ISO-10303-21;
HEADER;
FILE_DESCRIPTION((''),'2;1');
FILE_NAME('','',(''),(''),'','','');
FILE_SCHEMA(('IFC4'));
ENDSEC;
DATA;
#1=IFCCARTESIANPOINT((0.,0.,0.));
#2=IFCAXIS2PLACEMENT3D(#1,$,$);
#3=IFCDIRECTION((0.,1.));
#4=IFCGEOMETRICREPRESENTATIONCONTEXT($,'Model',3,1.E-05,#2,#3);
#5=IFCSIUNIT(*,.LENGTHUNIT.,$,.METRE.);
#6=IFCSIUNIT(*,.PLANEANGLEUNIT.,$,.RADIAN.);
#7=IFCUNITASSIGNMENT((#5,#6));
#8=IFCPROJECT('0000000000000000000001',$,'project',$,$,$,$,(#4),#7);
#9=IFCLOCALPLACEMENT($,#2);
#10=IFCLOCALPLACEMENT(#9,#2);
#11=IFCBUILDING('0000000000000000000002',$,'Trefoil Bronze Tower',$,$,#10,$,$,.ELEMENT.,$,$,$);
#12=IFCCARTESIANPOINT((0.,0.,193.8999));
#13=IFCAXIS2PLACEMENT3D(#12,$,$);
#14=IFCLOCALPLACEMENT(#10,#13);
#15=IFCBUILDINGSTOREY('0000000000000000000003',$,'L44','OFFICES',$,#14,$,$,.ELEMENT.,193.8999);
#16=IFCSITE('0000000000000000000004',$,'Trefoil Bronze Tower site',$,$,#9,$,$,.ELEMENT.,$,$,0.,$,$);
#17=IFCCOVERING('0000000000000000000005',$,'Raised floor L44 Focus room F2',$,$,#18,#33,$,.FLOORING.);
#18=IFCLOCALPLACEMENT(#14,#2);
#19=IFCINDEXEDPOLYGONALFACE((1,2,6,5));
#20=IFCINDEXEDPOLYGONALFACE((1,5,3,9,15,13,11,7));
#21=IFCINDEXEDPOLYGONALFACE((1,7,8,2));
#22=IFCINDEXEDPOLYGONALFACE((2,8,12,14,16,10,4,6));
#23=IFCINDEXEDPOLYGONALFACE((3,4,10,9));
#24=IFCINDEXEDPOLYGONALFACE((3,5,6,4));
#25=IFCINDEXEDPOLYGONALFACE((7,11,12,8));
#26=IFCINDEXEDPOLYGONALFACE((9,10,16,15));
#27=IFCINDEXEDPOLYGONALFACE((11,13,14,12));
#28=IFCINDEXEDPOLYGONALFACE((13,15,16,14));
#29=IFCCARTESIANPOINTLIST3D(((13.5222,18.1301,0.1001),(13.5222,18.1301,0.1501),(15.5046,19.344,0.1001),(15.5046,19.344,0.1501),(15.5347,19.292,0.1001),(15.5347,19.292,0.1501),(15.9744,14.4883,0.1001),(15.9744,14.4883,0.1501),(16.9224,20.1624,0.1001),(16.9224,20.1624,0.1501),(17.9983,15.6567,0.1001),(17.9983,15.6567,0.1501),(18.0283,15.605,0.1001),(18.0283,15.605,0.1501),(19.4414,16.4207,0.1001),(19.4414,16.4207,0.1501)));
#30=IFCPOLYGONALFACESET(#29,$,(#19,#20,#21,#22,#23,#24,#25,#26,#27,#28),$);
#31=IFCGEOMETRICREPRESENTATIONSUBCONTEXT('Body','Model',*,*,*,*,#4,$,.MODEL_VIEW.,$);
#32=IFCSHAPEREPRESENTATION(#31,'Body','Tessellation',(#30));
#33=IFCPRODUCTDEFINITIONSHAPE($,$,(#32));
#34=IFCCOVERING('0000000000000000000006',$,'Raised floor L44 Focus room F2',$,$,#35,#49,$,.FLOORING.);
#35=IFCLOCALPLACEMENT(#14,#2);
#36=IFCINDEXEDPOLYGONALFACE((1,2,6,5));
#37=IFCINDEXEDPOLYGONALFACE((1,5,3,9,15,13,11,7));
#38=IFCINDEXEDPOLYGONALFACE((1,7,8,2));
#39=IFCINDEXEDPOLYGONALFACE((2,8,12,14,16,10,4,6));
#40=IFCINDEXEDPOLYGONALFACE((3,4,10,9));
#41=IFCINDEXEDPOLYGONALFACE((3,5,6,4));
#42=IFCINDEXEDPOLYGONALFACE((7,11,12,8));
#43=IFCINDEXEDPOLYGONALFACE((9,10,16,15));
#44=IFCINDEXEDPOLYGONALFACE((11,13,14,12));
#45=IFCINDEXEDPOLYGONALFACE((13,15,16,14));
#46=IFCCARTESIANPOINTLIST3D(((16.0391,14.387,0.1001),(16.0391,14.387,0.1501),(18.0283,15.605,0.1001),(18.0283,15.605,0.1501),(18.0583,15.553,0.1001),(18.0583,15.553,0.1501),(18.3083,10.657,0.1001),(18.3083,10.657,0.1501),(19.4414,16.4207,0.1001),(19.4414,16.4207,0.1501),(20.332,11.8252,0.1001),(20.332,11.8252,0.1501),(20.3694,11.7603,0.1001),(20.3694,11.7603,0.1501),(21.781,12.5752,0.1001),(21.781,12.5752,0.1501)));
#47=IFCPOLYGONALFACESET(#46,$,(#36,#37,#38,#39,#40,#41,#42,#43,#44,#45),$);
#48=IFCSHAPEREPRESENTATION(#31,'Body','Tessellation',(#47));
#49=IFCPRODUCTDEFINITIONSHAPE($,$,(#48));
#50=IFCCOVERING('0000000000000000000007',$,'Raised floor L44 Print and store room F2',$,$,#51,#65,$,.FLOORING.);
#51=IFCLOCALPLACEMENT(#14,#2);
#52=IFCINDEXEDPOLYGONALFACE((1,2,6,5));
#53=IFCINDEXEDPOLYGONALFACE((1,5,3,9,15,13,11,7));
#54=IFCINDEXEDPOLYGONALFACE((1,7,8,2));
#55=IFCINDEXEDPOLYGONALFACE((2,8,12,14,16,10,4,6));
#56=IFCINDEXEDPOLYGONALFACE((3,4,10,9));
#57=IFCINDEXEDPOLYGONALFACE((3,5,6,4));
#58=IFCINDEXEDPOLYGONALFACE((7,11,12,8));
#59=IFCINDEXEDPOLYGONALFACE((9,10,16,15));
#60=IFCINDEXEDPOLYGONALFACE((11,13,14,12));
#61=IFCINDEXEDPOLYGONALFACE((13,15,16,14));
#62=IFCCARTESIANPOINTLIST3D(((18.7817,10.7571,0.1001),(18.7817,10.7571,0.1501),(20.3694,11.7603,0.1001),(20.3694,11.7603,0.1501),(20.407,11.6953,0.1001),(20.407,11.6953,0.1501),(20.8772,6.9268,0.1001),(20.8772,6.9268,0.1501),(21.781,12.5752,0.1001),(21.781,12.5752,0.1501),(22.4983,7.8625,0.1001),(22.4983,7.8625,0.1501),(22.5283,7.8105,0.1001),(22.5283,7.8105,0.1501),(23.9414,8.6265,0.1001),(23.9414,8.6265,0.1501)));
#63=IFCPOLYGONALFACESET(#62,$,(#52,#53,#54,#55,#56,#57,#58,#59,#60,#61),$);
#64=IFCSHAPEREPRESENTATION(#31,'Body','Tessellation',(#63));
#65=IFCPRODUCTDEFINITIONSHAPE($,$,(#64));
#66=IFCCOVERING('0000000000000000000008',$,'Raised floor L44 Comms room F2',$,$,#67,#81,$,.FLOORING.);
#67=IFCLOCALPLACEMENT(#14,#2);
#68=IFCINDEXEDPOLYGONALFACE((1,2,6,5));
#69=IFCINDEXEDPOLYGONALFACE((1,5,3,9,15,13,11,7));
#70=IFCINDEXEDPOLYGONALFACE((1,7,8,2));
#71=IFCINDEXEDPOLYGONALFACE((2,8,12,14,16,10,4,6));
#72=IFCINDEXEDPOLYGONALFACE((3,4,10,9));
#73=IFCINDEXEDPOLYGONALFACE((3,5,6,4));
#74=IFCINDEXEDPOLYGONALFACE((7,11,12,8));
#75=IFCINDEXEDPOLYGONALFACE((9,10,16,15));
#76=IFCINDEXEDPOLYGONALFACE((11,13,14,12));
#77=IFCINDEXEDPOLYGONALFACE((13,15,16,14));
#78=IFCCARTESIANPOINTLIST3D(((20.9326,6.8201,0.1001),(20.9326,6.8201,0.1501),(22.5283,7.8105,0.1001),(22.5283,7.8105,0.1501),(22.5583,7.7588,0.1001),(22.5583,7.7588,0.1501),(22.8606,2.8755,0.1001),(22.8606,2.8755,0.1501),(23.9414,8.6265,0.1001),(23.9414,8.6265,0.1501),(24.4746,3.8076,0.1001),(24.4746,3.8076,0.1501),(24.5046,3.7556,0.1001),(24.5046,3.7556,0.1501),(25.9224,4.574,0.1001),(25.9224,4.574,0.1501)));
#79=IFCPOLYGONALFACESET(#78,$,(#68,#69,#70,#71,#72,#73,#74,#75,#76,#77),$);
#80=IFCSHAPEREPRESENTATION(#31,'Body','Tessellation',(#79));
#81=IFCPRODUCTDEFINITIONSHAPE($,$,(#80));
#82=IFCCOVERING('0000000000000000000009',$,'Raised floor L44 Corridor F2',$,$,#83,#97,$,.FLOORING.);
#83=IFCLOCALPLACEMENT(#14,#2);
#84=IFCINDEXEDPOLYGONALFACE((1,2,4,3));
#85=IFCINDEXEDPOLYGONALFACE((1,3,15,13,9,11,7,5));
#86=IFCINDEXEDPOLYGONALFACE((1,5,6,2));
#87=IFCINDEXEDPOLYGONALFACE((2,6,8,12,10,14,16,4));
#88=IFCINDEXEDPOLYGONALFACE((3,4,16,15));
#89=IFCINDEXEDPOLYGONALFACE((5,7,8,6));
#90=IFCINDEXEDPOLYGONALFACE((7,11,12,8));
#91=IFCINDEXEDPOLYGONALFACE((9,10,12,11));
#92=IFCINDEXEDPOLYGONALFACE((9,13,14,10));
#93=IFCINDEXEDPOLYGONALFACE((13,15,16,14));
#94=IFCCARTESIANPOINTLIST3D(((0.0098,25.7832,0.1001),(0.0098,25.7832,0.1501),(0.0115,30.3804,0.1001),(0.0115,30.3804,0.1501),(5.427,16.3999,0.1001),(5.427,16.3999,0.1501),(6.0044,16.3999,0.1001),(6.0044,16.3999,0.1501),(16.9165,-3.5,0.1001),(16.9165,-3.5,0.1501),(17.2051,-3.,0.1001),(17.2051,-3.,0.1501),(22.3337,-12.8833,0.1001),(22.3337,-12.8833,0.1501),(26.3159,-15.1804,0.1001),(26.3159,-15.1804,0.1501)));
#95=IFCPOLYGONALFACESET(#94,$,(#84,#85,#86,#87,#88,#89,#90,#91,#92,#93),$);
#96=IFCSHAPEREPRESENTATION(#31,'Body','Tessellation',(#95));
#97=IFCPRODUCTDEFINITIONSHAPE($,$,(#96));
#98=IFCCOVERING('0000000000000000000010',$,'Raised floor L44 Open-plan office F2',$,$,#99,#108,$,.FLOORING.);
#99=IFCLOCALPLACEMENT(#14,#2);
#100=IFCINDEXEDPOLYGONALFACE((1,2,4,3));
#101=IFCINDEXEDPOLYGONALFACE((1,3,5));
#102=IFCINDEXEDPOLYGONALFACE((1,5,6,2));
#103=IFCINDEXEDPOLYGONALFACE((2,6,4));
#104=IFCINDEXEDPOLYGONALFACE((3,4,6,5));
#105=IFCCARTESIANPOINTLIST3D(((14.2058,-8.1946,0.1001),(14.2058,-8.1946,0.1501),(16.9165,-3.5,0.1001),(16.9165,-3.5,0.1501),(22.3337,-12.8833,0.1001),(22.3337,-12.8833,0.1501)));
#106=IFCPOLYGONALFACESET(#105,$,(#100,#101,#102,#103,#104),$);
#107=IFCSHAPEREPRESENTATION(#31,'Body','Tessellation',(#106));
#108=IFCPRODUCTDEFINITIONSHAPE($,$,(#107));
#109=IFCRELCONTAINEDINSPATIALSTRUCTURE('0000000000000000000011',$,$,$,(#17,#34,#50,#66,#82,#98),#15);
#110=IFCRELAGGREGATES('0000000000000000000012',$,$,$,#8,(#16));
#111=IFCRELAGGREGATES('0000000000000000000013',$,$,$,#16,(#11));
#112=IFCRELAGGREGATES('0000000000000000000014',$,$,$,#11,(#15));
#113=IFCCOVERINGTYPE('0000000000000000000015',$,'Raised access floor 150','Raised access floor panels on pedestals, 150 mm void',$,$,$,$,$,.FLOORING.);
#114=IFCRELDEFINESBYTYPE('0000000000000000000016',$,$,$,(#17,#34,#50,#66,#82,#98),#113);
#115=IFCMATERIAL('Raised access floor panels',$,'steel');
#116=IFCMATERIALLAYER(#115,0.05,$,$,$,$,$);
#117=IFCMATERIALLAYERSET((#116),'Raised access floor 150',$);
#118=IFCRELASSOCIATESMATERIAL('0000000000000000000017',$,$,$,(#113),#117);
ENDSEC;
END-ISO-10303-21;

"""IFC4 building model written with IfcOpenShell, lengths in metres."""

from ifc_helpers import new_model, si_unit, direction, frame, origin, place, context, subcontext, project, spatial, polyline, outline, extrude, material, layer, layer_set, type_object, element, save


model = new_model("IFC4")

# Units and contexts
model_context = context("Model", 3, precision=1e-05, world=origin(), true_north=direction((0.0, 1.0)))
body_context = subcontext(model_context, "Body", "Model", "MODEL_VIEW")
ifc_project = project(units=[si_unit("LENGTHUNIT", "METRE"), si_unit("PLANEANGLEUNIT", "RADIAN")], contexts=[model_context])

# Site, building, storey
site_placement = place(None, origin())
site = spatial("IfcSite", under=ifc_project, at=site_placement, Name="Trefoil Bronze Tower site", CompositionType="ELEMENT", RefElevation=0.0)
building_placement = place(site_placement, origin())
building = spatial("IfcBuilding", under=site, at=building_placement, Name="Trefoil Bronze Tower", CompositionType="ELEMENT")
storey_placement = place(building_placement, frame((0.0, 0.0, 193.8999)))
storey = spatial("IfcBuildingStorey", under=building, at=storey_placement, Name="L44", Description="OFFICES", CompositionType="ELEMENT", Elevation=193.8999)

# Coverings
ifc_material_1 = material(Name="Raised access floor panels", Category="steel")
ifc_layer_1 = layer(ifc_material_1, 0.05)
ifc_layer_set_1 = layer_set([ifc_layer_1], Name="Raised access floor 150")
covering_type_1 = type_object("IfcCoveringType", Name="Raised access floor 150", Description="Raised access floor panels on pedestals, 150 mm void", PredefinedType="FLOORING", material=ifc_layer_set_1)
covering_1_placement = place(storey_placement, frame((0.0, 0.0, 0.1001)))
element("IfcCovering", 1, at=covering_1_placement, inside=storey, type_object=covering_type_1, Name="Raised floor L44 Focus room F2", PredefinedType="FLOORING", context=body_context, shape_type="SweptSolid", body=[
    extrude(outline(polyline([(19.4414, 16.4207), (18.0283, 15.605), (17.9983, 15.6567), (15.9744, 14.4883), (13.5222, 18.1301), (15.5347, 19.292), (15.5046, 19.344), (16.9224, 20.1624), (19.4414, 16.4207)])), origin(), (0.0, 0.0, 1.0), 0.05),
])
covering_2_placement = place(storey_placement, frame((0.0, 0.0, 0.1001)))
element("IfcCovering", 2, at=covering_2_placement, inside=storey, type_object=covering_type_1, Name="Raised floor L44 Focus room F2", PredefinedType="FLOORING", context=body_context, shape_type="SweptSolid", body=[
    extrude(outline(polyline([(19.4414, 16.4207), (21.781, 12.5752), (20.3694, 11.7603), (20.332, 11.8252), (18.3083, 10.657), (16.0391, 14.387), (18.0583, 15.553), (18.0283, 15.605), (19.4414, 16.4207)])), origin(), (0.0, 0.0, 1.0), 0.05),
])
covering_3_placement = place(storey_placement, frame((0.0, 0.0, 0.1001)))
element("IfcCovering", 3, at=covering_3_placement, inside=storey, type_object=covering_type_1, Name="Raised floor L44 Print and store room F2", PredefinedType="FLOORING", context=body_context, shape_type="SweptSolid", body=[
    extrude(outline(polyline([(21.781, 12.5752), (23.9414, 8.6265), (22.5283, 7.8105), (22.4983, 7.8625), (20.8772, 6.9268), (18.7817, 10.7571), (20.407, 11.6953), (20.3694, 11.7603), (21.781, 12.5752)])), origin(), (0.0, 0.0, 1.0), 0.05),
])
covering_4_placement = place(storey_placement, frame((0.0, 0.0, 0.1001)))
element("IfcCovering", 4, at=covering_4_placement, inside=storey, type_object=covering_type_1, Name="Raised floor L44 Comms room F2", PredefinedType="FLOORING", context=body_context, shape_type="SweptSolid", body=[
    extrude(outline(polyline([(23.9414, 8.6265), (25.9224, 4.574), (24.5046, 3.7556), (24.4746, 3.8076), (22.8606, 2.8755), (20.9326, 6.8201), (22.5583, 7.7588), (22.5283, 7.8105), (23.9414, 8.6265)])), origin(), (0.0, 0.0, 1.0), 0.05),
])
covering_5_placement = place(storey_placement, frame((0.0, 0.0, 0.1001)))
element("IfcCovering", 5, at=covering_5_placement, inside=storey, type_object=covering_type_1, Name="Raised floor L44 Corridor F2", PredefinedType="FLOORING", context=body_context, shape_type="SweptSolid", body=[
    extrude(outline(polyline([(26.3159, -15.1804), (22.3337, -12.8833), (16.9165, -3.5), (17.2051, -3.0), (6.0044, 16.3999), (5.427, 16.3999), (0.0098, 25.7832), (0.0115, 30.3804), (26.3159, -15.1804)])), origin(), (0.0, 0.0, 1.0), 0.05),
])
covering_6_placement = place(storey_placement, frame((0.0, 0.0, 0.1001)))
element("IfcCovering", 6, at=covering_6_placement, inside=storey, type_object=covering_type_1, Name="Raised floor L44 Open-plan office F2", PredefinedType="FLOORING", context=body_context, shape_type="SweptSolid", body=[
    extrude(outline(polyline([(16.9165, -3.5), (22.3337, -12.8833), (14.2058, -8.1946), (16.9165, -3.5)])), origin(), (0.0, 0.0, 1.0), 0.05),
])

save(model, "model.ifc")
